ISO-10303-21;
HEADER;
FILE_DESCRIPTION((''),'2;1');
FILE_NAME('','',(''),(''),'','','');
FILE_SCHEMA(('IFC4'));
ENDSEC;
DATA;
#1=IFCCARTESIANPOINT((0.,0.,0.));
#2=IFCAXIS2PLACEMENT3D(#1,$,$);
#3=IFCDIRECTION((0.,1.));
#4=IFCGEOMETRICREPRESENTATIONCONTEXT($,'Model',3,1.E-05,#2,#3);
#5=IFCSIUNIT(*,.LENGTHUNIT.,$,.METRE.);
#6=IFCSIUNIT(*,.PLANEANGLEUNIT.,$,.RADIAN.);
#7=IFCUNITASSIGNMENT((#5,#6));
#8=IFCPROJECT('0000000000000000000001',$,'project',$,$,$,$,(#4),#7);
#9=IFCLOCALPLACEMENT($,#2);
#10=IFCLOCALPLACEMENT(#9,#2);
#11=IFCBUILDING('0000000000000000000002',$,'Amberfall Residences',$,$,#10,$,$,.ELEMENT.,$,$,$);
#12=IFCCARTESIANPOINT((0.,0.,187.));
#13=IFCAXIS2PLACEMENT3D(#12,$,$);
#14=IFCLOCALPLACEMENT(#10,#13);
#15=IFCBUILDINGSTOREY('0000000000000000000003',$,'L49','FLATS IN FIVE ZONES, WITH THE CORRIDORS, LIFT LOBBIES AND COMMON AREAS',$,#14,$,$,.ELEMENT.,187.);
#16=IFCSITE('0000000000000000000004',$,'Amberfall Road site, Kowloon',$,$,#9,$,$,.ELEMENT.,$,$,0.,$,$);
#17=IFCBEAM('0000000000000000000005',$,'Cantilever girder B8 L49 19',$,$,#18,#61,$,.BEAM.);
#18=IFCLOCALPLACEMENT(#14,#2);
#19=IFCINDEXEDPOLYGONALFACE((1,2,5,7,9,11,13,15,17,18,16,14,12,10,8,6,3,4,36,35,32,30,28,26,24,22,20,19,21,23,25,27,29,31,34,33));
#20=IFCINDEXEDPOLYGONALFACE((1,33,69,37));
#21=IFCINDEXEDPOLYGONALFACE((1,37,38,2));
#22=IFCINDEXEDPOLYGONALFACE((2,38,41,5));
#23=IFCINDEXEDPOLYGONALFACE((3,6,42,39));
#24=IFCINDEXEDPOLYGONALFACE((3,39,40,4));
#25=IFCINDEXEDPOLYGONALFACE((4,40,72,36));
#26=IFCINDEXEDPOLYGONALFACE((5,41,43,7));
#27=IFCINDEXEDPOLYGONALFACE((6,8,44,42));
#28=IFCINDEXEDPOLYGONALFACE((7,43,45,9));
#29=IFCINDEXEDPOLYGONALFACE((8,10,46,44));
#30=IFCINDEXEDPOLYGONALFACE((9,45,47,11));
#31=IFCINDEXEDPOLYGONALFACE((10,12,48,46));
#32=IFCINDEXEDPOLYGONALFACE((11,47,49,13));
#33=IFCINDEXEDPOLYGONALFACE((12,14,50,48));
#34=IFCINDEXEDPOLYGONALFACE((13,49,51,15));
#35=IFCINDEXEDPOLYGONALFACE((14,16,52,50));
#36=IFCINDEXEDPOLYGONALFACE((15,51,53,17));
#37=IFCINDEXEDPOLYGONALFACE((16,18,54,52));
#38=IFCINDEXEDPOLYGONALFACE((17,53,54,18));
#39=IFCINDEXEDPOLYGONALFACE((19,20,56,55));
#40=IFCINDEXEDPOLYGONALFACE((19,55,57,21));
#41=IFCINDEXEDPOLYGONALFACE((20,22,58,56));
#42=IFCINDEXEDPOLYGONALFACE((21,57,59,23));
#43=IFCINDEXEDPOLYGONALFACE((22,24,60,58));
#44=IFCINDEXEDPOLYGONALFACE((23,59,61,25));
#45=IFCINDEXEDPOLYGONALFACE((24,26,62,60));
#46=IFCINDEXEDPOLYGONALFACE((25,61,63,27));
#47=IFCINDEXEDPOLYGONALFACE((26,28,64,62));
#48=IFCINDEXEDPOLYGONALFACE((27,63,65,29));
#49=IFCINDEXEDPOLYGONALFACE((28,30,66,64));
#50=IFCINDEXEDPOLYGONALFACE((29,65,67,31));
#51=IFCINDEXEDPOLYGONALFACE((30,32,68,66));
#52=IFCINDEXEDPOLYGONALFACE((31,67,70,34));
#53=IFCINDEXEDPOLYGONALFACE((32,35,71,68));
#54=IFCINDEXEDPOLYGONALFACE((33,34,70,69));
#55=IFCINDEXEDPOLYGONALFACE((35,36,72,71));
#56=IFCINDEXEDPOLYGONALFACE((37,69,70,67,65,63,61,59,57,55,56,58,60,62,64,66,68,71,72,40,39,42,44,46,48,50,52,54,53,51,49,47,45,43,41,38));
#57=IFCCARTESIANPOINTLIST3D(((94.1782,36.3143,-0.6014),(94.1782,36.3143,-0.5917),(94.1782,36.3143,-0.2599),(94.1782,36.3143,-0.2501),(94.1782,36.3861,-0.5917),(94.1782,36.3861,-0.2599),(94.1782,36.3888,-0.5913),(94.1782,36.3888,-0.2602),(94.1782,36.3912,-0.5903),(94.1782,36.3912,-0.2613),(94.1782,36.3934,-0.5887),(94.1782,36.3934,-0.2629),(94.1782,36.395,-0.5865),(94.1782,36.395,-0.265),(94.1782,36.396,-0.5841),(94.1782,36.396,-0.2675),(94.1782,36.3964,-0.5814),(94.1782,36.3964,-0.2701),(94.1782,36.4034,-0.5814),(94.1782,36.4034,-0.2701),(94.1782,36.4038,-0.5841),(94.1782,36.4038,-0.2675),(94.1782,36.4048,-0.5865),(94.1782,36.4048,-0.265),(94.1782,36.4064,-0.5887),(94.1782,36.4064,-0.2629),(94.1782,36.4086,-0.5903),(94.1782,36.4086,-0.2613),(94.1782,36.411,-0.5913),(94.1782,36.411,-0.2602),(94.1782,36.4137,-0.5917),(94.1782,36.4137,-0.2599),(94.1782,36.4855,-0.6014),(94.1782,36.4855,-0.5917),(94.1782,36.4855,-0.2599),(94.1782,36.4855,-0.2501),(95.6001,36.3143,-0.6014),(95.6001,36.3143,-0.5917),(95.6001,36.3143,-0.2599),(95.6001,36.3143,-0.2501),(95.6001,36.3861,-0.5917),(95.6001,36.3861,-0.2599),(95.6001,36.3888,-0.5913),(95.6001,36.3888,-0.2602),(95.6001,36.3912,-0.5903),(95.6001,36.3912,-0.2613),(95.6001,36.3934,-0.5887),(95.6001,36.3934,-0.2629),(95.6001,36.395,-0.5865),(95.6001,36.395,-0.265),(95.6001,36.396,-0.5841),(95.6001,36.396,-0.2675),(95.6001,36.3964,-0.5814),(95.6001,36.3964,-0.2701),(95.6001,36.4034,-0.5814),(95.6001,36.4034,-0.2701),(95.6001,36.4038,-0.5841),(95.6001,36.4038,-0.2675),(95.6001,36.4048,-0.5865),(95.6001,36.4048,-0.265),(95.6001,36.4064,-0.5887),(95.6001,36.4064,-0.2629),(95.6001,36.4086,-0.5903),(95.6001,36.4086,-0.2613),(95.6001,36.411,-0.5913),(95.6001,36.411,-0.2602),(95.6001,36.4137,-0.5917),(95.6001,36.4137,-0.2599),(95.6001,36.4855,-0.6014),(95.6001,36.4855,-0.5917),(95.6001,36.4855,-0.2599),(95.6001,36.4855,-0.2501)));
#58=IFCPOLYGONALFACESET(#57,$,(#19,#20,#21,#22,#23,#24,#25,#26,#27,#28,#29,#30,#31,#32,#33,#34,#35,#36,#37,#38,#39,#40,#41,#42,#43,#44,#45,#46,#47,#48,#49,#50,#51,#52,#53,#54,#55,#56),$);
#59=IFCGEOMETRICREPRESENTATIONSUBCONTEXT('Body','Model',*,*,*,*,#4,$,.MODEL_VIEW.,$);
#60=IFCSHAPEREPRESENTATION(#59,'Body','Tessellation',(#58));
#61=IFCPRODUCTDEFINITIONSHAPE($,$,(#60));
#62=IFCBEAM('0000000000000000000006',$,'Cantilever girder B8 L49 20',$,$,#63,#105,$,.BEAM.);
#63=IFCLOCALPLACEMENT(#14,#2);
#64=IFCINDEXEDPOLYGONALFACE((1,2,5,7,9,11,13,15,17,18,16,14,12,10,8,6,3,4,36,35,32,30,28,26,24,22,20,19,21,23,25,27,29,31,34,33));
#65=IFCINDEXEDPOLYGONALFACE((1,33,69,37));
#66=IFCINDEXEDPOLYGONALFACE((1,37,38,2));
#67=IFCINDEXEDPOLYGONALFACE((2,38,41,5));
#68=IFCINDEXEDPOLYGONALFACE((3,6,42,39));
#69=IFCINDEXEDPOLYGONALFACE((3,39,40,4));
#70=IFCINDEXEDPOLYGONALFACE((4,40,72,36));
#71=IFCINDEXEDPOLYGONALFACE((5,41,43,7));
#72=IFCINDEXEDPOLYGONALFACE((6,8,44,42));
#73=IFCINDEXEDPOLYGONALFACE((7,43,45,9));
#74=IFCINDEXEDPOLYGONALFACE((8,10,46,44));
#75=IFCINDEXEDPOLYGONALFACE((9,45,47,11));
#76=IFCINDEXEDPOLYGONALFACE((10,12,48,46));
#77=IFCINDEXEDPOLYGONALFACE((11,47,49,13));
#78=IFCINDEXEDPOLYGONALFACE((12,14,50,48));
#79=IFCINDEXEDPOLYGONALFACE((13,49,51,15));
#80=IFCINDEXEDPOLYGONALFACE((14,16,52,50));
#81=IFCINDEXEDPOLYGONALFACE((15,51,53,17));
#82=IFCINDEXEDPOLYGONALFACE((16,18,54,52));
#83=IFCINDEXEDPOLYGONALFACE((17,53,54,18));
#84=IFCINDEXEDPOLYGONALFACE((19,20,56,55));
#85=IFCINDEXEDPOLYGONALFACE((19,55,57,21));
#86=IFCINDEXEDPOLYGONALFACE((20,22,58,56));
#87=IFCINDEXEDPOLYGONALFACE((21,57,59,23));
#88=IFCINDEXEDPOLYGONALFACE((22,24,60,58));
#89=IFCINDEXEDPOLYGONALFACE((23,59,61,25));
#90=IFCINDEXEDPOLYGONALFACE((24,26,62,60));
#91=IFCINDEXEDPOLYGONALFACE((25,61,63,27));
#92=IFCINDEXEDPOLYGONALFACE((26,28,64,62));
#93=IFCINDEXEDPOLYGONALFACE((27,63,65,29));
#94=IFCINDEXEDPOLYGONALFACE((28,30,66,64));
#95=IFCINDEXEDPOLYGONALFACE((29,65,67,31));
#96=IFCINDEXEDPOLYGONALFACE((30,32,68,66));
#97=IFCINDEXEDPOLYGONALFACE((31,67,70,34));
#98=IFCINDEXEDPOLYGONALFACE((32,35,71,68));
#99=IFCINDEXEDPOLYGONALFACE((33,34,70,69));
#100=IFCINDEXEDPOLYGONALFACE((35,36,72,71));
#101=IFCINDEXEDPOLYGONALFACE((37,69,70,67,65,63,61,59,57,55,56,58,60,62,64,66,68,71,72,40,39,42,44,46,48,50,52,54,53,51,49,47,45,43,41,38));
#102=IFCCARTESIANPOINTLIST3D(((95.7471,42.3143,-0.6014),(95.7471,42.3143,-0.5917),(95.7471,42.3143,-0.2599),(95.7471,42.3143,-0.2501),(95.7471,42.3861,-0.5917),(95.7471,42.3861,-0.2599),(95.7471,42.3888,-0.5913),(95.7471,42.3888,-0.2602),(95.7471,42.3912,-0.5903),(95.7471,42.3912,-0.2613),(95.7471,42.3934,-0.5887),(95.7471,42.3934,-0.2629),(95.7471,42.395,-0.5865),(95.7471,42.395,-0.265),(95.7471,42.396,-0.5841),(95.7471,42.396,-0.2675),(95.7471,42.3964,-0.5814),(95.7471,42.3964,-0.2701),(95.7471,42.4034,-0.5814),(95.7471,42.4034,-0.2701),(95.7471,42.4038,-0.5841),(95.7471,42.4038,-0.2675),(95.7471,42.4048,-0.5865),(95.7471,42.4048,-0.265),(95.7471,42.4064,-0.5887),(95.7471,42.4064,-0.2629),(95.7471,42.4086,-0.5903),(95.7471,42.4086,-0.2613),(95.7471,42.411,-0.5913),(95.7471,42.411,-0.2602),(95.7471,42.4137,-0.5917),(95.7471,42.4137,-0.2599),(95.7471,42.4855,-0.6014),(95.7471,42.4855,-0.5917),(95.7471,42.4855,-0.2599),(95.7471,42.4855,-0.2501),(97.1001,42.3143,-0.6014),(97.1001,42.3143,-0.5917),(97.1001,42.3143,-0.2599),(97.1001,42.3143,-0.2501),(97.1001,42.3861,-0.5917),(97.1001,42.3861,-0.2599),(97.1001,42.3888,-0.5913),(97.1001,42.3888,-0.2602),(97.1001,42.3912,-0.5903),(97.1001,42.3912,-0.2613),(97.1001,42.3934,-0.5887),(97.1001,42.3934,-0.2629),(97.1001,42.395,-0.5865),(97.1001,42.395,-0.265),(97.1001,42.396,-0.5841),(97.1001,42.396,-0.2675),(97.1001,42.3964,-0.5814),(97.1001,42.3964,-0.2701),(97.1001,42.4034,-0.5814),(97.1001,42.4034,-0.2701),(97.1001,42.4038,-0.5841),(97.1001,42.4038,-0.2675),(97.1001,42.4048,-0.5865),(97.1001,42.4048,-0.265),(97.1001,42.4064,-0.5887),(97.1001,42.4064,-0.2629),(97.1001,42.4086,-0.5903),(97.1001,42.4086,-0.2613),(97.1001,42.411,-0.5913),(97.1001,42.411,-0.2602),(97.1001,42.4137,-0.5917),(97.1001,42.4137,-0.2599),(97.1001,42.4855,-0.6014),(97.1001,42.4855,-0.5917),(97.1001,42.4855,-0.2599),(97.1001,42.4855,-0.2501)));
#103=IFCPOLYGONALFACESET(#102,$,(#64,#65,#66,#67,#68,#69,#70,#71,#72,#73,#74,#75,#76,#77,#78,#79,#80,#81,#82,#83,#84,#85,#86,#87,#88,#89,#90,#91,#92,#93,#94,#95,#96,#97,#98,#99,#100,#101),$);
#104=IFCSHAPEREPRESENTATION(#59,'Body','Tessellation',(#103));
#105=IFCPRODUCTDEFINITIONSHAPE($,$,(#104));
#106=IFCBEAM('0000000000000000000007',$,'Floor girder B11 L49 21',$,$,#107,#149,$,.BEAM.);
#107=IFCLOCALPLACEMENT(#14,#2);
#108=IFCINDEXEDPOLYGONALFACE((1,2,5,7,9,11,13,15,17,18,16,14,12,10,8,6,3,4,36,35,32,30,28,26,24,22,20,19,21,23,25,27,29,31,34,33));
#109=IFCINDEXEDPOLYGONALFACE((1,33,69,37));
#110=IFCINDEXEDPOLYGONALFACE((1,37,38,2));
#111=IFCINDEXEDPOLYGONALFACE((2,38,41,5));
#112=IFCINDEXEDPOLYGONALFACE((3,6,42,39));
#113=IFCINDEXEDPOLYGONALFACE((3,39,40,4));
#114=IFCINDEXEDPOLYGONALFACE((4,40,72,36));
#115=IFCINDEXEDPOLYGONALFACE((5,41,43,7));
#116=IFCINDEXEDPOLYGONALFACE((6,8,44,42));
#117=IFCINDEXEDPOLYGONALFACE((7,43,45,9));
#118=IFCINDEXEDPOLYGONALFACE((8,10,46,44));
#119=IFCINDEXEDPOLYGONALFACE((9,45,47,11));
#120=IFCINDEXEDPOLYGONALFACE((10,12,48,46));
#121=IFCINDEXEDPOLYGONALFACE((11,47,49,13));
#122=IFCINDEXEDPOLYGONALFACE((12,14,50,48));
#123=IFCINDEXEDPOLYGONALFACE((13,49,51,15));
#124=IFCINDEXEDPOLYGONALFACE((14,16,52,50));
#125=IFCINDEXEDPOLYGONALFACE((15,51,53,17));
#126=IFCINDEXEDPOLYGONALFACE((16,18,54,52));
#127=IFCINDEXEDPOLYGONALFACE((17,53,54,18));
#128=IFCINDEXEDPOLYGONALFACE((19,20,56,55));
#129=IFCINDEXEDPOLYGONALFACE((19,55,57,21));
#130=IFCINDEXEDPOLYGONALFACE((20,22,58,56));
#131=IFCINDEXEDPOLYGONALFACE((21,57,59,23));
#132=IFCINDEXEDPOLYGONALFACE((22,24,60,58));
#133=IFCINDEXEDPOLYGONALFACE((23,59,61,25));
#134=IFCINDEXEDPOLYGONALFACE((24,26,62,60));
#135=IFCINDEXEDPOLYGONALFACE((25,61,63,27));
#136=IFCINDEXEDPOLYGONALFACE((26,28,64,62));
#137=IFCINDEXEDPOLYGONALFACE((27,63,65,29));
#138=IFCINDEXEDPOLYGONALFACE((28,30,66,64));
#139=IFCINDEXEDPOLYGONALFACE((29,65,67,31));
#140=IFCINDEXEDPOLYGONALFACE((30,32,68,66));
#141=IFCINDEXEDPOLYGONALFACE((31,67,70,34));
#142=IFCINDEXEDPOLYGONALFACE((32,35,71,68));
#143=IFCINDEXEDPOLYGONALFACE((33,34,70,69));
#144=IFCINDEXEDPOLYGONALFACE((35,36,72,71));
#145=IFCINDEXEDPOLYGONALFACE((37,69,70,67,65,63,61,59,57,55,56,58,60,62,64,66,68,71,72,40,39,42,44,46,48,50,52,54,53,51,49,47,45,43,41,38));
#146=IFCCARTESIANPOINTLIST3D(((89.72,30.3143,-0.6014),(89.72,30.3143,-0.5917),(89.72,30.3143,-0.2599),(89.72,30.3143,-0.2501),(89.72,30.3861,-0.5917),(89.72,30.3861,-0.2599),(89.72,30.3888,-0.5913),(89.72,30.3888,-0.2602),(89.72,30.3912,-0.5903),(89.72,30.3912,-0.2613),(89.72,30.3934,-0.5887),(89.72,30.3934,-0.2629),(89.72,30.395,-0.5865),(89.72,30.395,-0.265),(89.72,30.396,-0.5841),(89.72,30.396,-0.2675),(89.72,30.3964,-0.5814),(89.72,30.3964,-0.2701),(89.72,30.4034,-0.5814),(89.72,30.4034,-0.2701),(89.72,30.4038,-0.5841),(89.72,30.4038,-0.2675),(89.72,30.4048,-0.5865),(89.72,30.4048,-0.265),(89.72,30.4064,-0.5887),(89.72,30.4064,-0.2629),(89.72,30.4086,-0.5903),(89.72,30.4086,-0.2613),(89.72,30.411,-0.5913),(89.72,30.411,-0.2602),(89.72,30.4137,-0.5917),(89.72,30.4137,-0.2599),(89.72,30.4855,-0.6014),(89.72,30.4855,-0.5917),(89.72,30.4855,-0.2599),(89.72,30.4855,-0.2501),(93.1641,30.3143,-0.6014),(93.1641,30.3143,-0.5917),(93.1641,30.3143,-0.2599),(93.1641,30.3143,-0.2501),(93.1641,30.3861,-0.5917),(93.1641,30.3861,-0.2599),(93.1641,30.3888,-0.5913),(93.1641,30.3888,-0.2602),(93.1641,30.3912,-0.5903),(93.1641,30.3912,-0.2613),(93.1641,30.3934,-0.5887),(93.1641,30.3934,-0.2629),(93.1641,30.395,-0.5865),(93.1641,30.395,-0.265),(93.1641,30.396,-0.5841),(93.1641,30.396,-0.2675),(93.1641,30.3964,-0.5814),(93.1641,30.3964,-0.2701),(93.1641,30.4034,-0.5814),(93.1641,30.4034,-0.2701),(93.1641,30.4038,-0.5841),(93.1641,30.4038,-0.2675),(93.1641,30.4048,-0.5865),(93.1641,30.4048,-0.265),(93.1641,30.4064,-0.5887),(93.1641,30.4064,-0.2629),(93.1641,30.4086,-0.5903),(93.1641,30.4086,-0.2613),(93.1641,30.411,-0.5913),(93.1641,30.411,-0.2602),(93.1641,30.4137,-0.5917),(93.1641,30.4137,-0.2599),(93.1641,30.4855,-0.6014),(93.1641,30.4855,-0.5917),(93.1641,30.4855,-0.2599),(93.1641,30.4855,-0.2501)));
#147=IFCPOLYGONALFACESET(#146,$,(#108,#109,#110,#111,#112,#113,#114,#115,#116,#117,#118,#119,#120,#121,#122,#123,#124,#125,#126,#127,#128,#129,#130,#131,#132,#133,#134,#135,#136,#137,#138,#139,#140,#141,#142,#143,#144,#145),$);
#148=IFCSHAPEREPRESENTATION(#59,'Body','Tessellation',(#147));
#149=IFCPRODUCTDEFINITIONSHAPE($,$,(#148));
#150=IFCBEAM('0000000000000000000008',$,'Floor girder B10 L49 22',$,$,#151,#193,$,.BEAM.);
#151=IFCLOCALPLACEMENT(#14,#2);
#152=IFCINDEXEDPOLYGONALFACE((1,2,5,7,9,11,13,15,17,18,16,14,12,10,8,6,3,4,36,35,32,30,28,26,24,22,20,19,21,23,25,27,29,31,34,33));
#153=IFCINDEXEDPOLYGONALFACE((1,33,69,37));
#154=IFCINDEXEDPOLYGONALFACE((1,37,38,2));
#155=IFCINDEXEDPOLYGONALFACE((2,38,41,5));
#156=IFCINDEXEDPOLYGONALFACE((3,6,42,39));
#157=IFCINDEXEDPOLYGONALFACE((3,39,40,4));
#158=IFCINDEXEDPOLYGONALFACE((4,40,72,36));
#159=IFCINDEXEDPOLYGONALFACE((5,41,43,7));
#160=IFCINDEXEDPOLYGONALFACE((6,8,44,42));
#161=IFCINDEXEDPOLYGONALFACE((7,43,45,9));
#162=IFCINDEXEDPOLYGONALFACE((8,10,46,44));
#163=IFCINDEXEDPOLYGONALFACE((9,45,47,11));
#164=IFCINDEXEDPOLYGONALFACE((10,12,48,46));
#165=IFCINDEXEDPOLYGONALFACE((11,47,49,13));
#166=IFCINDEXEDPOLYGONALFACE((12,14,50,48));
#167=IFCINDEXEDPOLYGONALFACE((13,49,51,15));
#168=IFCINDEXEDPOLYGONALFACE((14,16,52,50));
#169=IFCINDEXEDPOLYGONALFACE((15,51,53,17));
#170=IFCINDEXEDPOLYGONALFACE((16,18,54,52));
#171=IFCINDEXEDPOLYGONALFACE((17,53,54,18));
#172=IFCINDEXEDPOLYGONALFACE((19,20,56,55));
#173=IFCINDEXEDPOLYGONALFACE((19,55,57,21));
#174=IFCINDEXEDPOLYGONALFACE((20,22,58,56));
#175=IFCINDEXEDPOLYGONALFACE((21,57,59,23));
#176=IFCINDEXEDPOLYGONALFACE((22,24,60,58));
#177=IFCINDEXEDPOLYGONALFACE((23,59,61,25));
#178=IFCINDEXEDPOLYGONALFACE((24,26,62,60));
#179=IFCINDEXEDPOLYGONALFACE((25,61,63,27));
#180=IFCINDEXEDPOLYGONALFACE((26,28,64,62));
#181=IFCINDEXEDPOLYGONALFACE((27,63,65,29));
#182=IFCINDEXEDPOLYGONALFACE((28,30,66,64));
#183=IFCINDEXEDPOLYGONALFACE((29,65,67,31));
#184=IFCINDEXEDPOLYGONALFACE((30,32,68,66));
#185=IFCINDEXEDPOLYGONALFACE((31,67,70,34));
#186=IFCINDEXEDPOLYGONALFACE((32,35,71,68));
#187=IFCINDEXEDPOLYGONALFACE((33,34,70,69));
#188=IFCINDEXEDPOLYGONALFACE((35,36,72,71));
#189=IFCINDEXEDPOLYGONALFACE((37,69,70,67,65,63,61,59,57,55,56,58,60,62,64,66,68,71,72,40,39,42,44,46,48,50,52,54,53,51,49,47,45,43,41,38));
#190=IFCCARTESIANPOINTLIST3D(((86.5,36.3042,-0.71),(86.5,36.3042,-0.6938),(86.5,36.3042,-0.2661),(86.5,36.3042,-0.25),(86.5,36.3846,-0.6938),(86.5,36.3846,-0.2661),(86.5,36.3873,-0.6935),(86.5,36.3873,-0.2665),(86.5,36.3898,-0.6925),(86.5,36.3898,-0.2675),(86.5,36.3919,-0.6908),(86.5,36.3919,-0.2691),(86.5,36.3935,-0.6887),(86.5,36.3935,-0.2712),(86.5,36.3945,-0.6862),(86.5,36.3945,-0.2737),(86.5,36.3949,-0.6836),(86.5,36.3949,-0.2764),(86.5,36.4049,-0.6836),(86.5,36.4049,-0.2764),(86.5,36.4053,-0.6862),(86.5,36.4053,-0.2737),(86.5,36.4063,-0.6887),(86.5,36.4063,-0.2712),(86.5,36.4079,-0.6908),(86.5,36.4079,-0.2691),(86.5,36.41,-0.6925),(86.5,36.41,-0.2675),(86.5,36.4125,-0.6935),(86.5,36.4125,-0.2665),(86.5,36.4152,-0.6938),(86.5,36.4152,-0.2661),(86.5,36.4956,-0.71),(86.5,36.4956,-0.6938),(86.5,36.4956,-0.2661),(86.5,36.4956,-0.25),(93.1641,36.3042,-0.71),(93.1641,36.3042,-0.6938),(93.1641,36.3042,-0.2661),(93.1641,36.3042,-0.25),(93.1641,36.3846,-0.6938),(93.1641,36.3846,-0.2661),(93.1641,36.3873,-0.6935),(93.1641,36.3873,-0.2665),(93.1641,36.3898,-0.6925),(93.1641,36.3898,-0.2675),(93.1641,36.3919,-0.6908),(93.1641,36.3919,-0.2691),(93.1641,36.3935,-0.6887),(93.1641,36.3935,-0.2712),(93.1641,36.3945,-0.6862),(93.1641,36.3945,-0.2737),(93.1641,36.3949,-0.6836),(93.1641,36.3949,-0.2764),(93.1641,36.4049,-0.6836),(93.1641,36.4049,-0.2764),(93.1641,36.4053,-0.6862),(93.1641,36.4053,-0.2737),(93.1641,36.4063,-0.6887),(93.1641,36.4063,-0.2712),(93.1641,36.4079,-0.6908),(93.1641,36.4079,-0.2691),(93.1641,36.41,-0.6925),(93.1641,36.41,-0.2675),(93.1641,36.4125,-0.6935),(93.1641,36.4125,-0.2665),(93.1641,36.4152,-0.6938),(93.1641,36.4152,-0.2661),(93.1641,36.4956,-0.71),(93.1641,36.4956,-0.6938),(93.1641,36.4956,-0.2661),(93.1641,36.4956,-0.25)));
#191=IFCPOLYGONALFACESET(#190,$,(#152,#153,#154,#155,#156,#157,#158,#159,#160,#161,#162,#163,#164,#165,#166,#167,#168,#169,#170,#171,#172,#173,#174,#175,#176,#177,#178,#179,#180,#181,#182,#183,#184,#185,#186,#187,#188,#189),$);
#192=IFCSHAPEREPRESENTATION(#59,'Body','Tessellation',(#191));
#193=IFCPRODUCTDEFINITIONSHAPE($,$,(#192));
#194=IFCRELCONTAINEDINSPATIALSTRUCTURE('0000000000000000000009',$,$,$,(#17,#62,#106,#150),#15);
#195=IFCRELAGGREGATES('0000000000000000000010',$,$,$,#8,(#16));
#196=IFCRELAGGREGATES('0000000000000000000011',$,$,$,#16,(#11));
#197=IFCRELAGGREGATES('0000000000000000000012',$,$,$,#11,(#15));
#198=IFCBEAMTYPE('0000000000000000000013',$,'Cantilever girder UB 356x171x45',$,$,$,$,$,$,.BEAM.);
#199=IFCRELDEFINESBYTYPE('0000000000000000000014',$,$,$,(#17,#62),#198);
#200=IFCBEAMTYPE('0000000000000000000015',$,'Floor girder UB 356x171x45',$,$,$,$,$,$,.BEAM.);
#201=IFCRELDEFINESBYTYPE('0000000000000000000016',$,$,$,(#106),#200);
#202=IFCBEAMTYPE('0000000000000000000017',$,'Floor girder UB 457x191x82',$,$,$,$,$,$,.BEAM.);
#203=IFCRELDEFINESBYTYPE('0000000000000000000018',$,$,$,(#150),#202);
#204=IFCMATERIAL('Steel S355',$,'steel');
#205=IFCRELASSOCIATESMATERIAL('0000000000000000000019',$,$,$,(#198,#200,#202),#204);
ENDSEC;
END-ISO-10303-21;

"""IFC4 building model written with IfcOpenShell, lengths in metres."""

from ifc_helpers import new_model, si_unit, direction, frame, origin, origin_2d, place, context, subcontext, project, spatial, i_section, extrude, material, material_profile, profile_set, type_object, element, save


model = new_model("IFC4")

# Units and contexts
model_context = context("Model", 3, precision=1e-05, world=origin(), true_north=direction((0.0, 1.0)))
body_context = subcontext(model_context, "Body", "Model", "MODEL_VIEW")
ifc_project = project(units=[si_unit("LENGTHUNIT", "METRE"), si_unit("PLANEANGLEUNIT", "RADIAN")], contexts=[model_context])

# Site, building, storey
site_placement = place(None, origin())
site = spatial("IfcSite", under=ifc_project, at=site_placement, Name="Amberfall Road site, Kowloon", CompositionType="ELEMENT", RefElevation=0.0)
building_placement = place(site_placement, origin())
building = spatial("IfcBuilding", under=site, at=building_placement, Name="Amberfall Residences", CompositionType="ELEMENT")
storey_placement = place(building_placement, frame((0.0, 0.0, 187.0)))
storey = spatial("IfcBuildingStorey", under=building, at=storey_placement, Name="L49", Description="FLATS IN FIVE ZONES, WITH THE CORRIDORS, LIFT LOBBIES AND COMMON AREAS", CompositionType="ELEMENT", Elevation=187.0)

# Beams
ifc_material_1 = material(Name="Steel S355", Category="steel")
ifc_material_profile_1 = material_profile(ifc_material_1, i_section(OverallWidth=0.1711, OverallDepth=0.3513, WebThickness=0.0071, FlangeThickness=0.0098, FilletRadius=0.0103, at=origin_2d()), Name="UB 356x171x45")
ifc_profile_set_1 = profile_set([ifc_material_profile_1], Name="Steel S355")
beam_type_1 = type_object("IfcBeamType", Name="Cantilever girder UB 356x171x45", PredefinedType="BEAM", material=ifc_profile_set_1)
beam_1_placement = place(storey_placement, frame((94.1782, 36.3999, -0.4258), z_axis=(1.0, 0.0, 0.0), x_axis=(0.0, 1.0, 0.0)))
element("IfcBeam", 1, at=beam_1_placement, inside=storey, type_object=beam_type_1, Name="Cantilever girder B8 L49 19", PredefinedType="BEAM", context=body_context, shape_type="SweptSolid", body=[
    extrude(i_section(OverallWidth=0.1711, OverallDepth=0.3513, WebThickness=0.0071, FlangeThickness=0.0098, FilletRadius=0.0103, at=origin_2d()), origin(), (0.0, 0.0, 1.0), 1.4219),
])
beam_2_placement = place(storey_placement, frame((95.7471, 42.3999, -0.4258), z_axis=(1.0, 0.0, 0.0), x_axis=(0.0, 1.0, 0.0)))
element("IfcBeam", 2, at=beam_2_placement, inside=storey, type_object=beam_type_1, Name="Cantilever girder B8 L49 20", PredefinedType="BEAM", context=body_context, shape_type="SweptSolid", body=[
    extrude(i_section(OverallWidth=0.1711, OverallDepth=0.3513, WebThickness=0.0071, FlangeThickness=0.0098, FilletRadius=0.0103, at=origin_2d()), origin(), (0.0, 0.0, 1.0), 1.353),
])
ifc_material_profile_2 = material_profile(ifc_material_1, i_section(OverallWidth=0.1711, OverallDepth=0.3513, WebThickness=0.0071, FlangeThickness=0.0098, FilletRadius=0.0103, at=origin_2d()), Name="UB 356x171x45")
ifc_profile_set_2 = profile_set([ifc_material_profile_2], Name="Steel S355")
beam_type_2 = type_object("IfcBeamType", Name="Floor girder UB 356x171x45", PredefinedType="BEAM", material=ifc_profile_set_2)
beam_3_placement = place(storey_placement, frame((93.1641, 30.3999, -0.4258), z_axis=(-1.0, 0.0, 0.0), x_axis=(0.0, -1.0, 0.0)))
element("IfcBeam", 3, at=beam_3_placement, inside=storey, type_object=beam_type_2, Name="Floor girder B11 L49 21", PredefinedType="BEAM", context=body_context, shape_type="SweptSolid", body=[
    extrude(i_section(OverallWidth=0.1711, OverallDepth=0.3513, WebThickness=0.0071, FlangeThickness=0.0098, FilletRadius=0.0103, at=origin_2d()), origin(), (0.0, 0.0, 1.0), 3.4441),
])
ifc_material_profile_3 = material_profile(ifc_material_1, i_section(OverallWidth=0.1914, OverallDepth=0.46, WebThickness=0.01, FlangeThickness=0.0161, FilletRadius=0.0103, at=origin_2d()), Name="UB 457x191x82")
ifc_profile_set_3 = profile_set([ifc_material_profile_3], Name="Steel S355")
beam_type_3 = type_object("IfcBeamType", Name="Floor girder UB 457x191x82", PredefinedType="BEAM", material=ifc_profile_set_3)
beam_4_placement = place(storey_placement, frame((93.1641, 36.3999, -0.48), z_axis=(-1.0, 0.0, 0.0), x_axis=(0.0, -1.0, 0.0)))
element("IfcBeam", 4, at=beam_4_placement, inside=storey, type_object=beam_type_3, Name="Floor girder B10 L49 22", PredefinedType="BEAM", context=body_context, shape_type="SweptSolid", body=[
    extrude(i_section(OverallWidth=0.1914, OverallDepth=0.46, WebThickness=0.01, FlangeThickness=0.0161, FilletRadius=0.0103, at=origin_2d()), origin(), (0.0, 0.0, 1.0), 6.6641),
])

save(model, "model.ifc")
